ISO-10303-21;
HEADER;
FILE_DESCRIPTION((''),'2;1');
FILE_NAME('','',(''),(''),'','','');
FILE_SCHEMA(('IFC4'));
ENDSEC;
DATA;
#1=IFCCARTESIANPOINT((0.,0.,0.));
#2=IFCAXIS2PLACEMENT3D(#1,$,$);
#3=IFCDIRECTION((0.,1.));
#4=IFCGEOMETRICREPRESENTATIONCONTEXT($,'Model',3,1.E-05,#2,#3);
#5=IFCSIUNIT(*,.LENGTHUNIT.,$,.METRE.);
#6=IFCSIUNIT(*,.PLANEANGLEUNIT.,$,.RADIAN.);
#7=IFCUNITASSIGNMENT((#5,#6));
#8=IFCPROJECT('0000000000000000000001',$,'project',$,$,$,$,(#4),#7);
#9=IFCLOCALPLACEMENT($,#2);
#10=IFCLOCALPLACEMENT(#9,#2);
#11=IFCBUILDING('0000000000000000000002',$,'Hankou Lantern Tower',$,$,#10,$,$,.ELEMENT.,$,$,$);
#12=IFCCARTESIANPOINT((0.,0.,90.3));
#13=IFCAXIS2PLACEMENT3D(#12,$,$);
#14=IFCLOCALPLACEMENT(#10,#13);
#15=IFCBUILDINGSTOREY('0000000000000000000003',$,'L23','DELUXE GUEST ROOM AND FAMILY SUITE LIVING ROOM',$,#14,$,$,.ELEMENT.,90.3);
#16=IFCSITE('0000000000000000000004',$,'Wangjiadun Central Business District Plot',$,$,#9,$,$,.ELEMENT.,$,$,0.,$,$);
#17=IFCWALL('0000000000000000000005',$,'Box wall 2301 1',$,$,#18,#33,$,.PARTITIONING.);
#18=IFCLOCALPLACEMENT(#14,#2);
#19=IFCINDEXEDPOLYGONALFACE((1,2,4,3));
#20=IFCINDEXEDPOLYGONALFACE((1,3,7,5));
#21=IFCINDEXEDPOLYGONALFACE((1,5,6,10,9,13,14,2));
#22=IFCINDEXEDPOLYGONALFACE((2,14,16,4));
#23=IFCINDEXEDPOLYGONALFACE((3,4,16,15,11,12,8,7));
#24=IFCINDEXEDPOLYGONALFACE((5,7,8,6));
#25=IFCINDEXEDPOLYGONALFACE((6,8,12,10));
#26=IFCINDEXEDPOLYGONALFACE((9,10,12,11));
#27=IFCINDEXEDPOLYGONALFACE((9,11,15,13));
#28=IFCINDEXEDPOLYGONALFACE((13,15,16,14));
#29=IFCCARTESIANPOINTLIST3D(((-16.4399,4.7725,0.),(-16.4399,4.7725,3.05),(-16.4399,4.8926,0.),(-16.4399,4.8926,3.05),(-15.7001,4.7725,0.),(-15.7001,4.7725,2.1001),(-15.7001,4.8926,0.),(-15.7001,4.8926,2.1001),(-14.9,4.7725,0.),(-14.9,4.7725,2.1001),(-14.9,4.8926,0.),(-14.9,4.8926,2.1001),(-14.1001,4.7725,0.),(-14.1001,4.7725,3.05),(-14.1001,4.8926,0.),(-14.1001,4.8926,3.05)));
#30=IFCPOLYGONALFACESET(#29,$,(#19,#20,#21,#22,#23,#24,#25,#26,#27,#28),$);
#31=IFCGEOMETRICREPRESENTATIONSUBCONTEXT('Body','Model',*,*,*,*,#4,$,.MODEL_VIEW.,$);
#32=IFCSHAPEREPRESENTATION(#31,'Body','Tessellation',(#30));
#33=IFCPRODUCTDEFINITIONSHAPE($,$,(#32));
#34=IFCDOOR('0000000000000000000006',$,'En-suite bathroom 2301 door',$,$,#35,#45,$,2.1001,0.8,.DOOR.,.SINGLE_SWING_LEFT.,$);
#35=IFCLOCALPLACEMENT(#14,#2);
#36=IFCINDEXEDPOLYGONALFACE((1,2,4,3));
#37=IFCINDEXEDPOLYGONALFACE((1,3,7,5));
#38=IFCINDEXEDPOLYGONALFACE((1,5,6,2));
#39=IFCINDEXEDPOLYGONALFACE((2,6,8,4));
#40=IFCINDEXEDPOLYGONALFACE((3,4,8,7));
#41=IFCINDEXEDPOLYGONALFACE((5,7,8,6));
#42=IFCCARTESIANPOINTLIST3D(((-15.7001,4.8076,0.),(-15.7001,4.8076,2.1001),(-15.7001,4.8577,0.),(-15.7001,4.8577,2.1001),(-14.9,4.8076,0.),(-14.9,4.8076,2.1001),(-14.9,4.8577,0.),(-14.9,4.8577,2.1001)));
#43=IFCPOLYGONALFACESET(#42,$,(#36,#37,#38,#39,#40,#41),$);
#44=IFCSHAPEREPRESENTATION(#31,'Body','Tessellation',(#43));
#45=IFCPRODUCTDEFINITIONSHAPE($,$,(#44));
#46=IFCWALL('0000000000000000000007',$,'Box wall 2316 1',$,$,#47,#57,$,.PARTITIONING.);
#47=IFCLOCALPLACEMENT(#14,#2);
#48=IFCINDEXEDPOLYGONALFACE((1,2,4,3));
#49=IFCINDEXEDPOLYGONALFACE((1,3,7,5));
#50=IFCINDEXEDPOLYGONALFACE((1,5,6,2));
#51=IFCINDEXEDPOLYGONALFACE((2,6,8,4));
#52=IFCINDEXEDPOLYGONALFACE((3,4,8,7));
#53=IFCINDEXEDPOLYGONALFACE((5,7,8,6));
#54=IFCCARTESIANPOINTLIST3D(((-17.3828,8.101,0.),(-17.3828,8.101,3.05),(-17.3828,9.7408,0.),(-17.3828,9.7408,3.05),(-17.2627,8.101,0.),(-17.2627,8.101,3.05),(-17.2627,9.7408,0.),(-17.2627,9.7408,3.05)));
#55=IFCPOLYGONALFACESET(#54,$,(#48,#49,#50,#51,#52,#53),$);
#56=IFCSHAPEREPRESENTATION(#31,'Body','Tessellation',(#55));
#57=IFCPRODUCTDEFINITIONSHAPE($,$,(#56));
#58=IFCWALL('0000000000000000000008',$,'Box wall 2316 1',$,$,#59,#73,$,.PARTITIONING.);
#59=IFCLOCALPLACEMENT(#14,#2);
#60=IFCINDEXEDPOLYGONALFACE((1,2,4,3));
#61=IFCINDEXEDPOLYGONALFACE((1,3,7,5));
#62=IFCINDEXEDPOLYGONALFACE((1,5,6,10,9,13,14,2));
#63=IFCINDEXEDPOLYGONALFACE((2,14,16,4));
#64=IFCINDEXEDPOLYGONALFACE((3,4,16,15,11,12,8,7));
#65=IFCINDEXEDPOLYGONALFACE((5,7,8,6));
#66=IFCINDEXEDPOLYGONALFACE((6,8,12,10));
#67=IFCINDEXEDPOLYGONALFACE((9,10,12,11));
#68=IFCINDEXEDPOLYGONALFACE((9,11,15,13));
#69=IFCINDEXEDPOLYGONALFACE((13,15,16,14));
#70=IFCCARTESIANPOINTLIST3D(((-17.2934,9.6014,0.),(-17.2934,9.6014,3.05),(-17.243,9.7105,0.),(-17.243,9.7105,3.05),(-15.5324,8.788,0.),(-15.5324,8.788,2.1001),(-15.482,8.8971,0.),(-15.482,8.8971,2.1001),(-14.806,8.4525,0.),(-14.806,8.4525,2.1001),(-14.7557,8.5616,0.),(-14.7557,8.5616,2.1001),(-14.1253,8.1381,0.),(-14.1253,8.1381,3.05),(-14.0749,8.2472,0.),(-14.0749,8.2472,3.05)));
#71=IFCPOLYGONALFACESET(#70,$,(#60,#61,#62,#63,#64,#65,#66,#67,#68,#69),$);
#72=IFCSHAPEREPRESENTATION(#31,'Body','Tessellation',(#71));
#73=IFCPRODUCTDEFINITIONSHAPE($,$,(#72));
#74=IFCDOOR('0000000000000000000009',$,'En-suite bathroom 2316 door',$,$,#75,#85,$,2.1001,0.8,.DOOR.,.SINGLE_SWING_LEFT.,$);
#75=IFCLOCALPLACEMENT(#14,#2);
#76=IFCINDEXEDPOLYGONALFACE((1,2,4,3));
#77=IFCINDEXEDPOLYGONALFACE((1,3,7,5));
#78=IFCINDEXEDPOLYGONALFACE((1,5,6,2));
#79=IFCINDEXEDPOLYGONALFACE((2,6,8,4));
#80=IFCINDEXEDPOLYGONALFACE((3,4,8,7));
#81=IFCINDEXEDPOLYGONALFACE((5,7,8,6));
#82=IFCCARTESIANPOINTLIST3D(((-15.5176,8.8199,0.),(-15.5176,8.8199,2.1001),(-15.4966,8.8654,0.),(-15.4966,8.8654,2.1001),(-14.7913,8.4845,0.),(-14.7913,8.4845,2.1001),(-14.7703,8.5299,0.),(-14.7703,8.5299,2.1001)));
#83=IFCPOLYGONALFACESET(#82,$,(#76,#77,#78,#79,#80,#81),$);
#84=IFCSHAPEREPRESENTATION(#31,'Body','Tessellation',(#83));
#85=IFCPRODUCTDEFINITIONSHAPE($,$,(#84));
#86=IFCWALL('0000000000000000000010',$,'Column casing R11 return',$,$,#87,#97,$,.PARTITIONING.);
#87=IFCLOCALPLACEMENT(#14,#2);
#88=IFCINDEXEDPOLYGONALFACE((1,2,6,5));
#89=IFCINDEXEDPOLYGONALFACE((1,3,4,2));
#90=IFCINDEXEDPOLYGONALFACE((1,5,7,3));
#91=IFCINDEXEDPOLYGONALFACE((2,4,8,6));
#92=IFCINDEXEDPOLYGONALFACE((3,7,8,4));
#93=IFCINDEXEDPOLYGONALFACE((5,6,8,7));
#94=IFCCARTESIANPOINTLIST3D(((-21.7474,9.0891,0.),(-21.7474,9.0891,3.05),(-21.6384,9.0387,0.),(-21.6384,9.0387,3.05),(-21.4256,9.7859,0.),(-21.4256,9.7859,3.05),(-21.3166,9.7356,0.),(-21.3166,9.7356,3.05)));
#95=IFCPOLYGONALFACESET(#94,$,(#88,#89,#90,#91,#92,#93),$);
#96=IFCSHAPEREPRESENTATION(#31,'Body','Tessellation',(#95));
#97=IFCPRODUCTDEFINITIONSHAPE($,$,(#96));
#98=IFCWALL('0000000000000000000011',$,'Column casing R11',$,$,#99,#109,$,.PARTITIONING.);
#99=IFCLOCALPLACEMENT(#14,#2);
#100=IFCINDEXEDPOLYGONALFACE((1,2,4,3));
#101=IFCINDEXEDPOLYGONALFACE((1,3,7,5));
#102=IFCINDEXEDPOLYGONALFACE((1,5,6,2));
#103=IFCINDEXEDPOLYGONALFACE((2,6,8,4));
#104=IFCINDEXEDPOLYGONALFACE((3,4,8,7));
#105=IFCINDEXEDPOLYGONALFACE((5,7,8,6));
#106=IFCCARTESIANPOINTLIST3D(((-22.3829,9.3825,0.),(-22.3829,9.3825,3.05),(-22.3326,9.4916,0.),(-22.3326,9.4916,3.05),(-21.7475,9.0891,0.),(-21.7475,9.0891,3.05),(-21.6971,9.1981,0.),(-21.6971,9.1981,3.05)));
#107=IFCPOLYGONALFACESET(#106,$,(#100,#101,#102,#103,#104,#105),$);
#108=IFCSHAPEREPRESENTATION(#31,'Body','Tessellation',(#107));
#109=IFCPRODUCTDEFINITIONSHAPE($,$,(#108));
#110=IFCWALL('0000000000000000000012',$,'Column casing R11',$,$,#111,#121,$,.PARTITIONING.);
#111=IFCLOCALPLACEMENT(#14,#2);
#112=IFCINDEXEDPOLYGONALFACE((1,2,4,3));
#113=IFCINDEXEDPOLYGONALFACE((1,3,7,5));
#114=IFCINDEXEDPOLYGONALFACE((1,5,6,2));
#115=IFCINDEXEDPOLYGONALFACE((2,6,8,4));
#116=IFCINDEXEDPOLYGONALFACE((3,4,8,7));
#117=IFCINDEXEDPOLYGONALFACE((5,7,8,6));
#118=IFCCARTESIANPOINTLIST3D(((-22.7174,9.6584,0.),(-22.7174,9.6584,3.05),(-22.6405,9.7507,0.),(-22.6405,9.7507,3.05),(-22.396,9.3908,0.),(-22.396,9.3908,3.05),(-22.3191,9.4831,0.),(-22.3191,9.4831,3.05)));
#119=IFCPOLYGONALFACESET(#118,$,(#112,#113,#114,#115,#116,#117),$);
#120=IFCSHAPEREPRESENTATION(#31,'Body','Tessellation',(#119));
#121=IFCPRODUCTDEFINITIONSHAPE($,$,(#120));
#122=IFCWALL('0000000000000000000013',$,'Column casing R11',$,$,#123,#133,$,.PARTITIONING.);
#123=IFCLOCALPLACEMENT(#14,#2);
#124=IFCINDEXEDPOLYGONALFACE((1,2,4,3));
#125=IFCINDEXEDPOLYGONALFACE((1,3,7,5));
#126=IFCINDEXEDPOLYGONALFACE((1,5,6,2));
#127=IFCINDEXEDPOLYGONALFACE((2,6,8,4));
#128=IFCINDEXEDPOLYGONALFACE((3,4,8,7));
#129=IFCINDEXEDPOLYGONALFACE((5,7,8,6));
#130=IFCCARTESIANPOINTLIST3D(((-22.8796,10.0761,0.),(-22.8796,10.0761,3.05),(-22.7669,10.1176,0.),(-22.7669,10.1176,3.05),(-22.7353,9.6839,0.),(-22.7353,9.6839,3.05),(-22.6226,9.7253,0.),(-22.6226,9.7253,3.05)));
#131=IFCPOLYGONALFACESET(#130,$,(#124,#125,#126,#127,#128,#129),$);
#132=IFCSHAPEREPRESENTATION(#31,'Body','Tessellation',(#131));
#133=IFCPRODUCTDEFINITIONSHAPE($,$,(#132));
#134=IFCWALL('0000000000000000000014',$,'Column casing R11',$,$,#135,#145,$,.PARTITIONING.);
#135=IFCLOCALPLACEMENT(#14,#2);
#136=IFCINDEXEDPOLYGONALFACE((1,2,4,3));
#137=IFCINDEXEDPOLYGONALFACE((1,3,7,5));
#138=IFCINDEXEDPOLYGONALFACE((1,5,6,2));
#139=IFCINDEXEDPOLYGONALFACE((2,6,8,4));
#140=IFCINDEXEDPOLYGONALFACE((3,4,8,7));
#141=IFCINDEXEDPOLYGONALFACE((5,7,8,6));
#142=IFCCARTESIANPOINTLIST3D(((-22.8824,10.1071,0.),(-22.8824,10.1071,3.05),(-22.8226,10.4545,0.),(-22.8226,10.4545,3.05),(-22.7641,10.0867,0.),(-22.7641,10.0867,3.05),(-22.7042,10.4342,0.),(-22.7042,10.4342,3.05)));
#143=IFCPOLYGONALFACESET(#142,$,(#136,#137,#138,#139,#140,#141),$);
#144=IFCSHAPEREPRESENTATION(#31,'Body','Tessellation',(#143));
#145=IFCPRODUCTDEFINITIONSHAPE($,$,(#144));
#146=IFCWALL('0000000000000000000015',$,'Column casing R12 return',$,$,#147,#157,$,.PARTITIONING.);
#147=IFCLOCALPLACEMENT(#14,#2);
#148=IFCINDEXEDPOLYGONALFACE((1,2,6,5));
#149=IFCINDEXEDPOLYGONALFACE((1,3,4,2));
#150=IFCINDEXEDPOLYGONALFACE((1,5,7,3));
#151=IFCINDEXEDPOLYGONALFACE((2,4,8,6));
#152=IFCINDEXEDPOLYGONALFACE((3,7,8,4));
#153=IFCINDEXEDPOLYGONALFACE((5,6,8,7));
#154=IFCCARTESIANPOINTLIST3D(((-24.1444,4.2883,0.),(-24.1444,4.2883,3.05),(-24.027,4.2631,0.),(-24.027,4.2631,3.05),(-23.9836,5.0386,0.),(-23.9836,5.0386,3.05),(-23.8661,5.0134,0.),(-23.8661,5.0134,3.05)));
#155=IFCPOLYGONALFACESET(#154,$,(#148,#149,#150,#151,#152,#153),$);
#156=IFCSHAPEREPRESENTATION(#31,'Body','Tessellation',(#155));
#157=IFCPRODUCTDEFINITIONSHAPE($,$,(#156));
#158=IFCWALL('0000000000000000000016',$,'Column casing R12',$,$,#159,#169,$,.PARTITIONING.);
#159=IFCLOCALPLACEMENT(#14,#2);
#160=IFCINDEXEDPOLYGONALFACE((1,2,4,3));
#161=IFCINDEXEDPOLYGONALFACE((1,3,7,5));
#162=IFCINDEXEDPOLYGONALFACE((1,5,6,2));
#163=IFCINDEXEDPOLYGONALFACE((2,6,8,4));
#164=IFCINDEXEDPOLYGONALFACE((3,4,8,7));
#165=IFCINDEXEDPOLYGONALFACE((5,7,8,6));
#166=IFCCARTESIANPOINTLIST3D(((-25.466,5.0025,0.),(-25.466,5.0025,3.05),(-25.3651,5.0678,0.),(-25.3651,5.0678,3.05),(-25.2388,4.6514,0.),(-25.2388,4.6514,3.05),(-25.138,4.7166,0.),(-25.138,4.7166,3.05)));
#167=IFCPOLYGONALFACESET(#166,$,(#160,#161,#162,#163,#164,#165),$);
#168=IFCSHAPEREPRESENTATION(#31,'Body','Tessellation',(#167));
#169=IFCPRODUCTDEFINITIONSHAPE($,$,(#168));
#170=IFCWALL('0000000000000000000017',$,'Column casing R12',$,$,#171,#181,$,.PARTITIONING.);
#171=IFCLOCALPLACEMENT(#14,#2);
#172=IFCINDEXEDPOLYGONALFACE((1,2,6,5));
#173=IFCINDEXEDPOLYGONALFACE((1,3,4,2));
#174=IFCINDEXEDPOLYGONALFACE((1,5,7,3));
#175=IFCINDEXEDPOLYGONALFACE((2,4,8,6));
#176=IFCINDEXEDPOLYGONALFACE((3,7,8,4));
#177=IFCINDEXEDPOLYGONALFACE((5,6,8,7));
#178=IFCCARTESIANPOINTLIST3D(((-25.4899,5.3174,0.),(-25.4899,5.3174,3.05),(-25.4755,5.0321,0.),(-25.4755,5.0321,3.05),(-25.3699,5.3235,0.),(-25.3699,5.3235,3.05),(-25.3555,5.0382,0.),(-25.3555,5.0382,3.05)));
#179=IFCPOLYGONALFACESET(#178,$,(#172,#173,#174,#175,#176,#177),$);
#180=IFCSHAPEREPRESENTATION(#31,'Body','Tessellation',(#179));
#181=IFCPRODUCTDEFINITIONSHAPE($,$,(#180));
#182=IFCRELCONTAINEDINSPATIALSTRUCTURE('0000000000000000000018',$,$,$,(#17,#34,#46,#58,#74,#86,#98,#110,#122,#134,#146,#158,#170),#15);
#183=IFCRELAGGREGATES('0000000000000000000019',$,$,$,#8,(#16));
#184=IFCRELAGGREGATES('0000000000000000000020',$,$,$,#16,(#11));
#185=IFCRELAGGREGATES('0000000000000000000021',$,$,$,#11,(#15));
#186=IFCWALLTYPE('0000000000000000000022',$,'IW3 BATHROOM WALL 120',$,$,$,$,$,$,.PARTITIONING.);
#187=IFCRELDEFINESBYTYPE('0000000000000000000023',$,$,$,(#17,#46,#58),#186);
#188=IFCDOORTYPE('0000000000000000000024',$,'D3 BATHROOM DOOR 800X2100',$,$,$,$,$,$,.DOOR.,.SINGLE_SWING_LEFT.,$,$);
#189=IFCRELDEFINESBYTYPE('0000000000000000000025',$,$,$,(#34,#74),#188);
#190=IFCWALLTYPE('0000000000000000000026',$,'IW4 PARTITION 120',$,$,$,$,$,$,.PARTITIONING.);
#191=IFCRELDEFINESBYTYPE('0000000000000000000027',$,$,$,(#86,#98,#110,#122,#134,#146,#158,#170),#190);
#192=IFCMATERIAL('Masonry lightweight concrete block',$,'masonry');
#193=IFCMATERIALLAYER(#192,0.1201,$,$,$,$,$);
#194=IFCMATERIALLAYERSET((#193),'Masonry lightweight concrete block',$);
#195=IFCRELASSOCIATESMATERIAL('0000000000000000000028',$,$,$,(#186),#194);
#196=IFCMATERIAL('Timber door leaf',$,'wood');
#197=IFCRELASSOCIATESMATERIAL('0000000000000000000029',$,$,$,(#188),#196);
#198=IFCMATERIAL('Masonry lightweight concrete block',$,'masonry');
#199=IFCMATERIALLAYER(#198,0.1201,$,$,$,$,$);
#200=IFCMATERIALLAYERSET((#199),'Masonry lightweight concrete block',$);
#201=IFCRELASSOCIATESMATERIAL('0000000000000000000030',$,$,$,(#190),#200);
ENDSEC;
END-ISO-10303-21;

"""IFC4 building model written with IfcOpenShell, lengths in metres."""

from ifc_helpers import new_model, si_unit, direction, frame, frame_2d, origin, place, context, subcontext, project, spatial, rectangle, extrude, material, layer, layer_set, type_object, element, fill, save


model = new_model("IFC4")

# Units and contexts
model_context = context("Model", 3, precision=1e-05, world=origin(), true_north=direction((0.0, 1.0)))
body_context = subcontext(model_context, "Body", "Model", "MODEL_VIEW")
ifc_project = project(units=[si_unit("LENGTHUNIT", "METRE"), si_unit("PLANEANGLEUNIT", "RADIAN")], contexts=[model_context])

# Site, building, storey
site_placement = place(None, origin())
site = spatial("IfcSite", under=ifc_project, at=site_placement, Name="Wangjiadun Central Business District Plot", CompositionType="ELEMENT", RefElevation=0.0)
building_placement = place(site_placement, origin())
building = spatial("IfcBuilding", under=site, at=building_placement, Name="Hankou Lantern Tower", CompositionType="ELEMENT")
storey_placement = place(building_placement, frame((0.0, 0.0, 90.3)))
storey = spatial("IfcBuildingStorey", under=building, at=storey_placement, Name="L23", Description="DELUXE GUEST ROOM AND FAMILY SUITE LIVING ROOM", CompositionType="ELEMENT", Elevation=90.3)

# Shared definitions
ifc_material_1 = material(Name="Masonry lightweight concrete block", Category="masonry")
ifc_layer_1 = layer(ifc_material_1, 0.1201)
ifc_layer_set_1 = layer_set([ifc_layer_1], Name="Masonry lightweight concrete block")
wall_type_1 = type_object("IfcWallType", Name="IW3 BATHROOM WALL 120", PredefinedType="PARTITIONING", material=ifc_layer_set_1)

# Wall, opening, door
wall_1_placement = place(storey_placement, frame((-14.1001, 4.8325, 0.0), z_axis=(0.0, 0.0, 1.0), x_axis=(-1.0, 0.0, 0.0)))
wall_1 = element("IfcWall", 1, at=wall_1_placement, inside=storey, type_object=wall_type_1, Name="Box wall 2301 1", PredefinedType="PARTITIONING", context=body_context, shape_type="SweptSolid", body=[
    extrude(rectangle(XDim=2.3398, YDim=0.1201, at=frame_2d((1.1699, 0.0))), origin(), (0.0, 0.0, 1.0), 3.05),
])
opening_1_placement = place(wall_1_placement, frame((0.8, 0.0, 0.0)))
opening_1 = element("IfcOpeningElement", 2, at=opening_1_placement, cuts=wall_1, PredefinedType="OPENING", context=body_context, shape_type="SweptSolid", body=[
    extrude(rectangle(XDim=0.8, YDim=2.1001, at=frame_2d((0.3999, 1.05))), frame((0.0, 0.0701, 0.0), z_axis=(0.0, -1.0, 0.0), x_axis=(1.0, 0.0, 0.0)), (0.0, 0.0, 1.0), 0.1401),
])
ifc_material_2 = material(Name="Timber door leaf", Category="wood")
door_type_1 = type_object("IfcDoorType", Name="D3 BATHROOM DOOR 800X2100", OperationType="SINGLE_SWING_LEFT", PredefinedType="DOOR", material=ifc_material_2)
door_1_placement = place(opening_1_placement, origin())
door_1 = element("IfcDoor", 3, at=door_1_placement, inside=storey, type_object=door_type_1, Name="En-suite bathroom 2301 door", OperationType="SINGLE_SWING_LEFT", OverallHeight=2.1001, OverallWidth=0.8, PredefinedType="DOOR", context=body_context, shape_type="SweptSolid", body=[
    extrude(rectangle(XDim=0.8, YDim=2.1001, at=frame_2d((0.3999, 1.05))), frame((0.0, 0.0249, 0.0), z_axis=(0.0, -1.0, 0.0), x_axis=(1.0, 0.0, 0.0)), (0.0, 0.0, 1.0), 0.05),
])
fill(opening_1, door_1)

# Wall
wall_2_placement = place(storey_placement, frame((-17.3228, 8.1011, 0.0), z_axis=(0.0, 0.0, 1.0), x_axis=(0.0, 1.0, 0.0)))
element("IfcWall", 4, at=wall_2_placement, inside=storey, type_object=wall_type_1, Name="Box wall 2316 1", PredefinedType="PARTITIONING", context=body_context, shape_type="SweptSolid", body=[
    extrude(rectangle(XDim=1.6399, YDim=0.1201, at=frame_2d((0.8198, 0.0))), origin(), (0.0, 0.0, 1.0), 3.05),
])

# Wall, opening, door
wall_3_placement = place(storey_placement, frame((-14.1001, 8.1926, 0.0), z_axis=(0.0, 0.0, 1.0), x_axis=(-0.907836, 0.419324, 0.0)))
wall_3 = element("IfcWall", 5, at=wall_3_placement, inside=storey, type_object=wall_type_1, Name="Box wall 2316 1", PredefinedType="PARTITIONING", context=body_context, shape_type="SweptSolid", body=[
    extrude(rectangle(XDim=3.4897, YDim=0.1201, at=frame_2d((1.7449, 0.0))), origin(), (0.0, 0.0, 1.0), 3.05),
])
opening_2_placement = place(wall_3_placement, frame((0.75, 0.0, 0.0)))
opening_2 = element("IfcOpeningElement", 6, at=opening_2_placement, cuts=wall_3, PredefinedType="OPENING", context=body_context, shape_type="SweptSolid", body=[
    extrude(rectangle(XDim=0.8, YDim=2.1001, at=frame_2d((0.3999, 1.05))), frame((0.0, 0.0701, 0.0), z_axis=(0.0, -1.0, 0.0), x_axis=(1.0, 0.0, 0.0)), (0.0, 0.0, 1.0), 0.1401),
])
door_2_placement = place(opening_2_placement, origin())
door_2 = element("IfcDoor", 7, at=door_2_placement, inside=storey, type_object=door_type_1, Name="En-suite bathroom 2316 door", OperationType="SINGLE_SWING_LEFT", OverallHeight=2.1001, OverallWidth=0.8, PredefinedType="DOOR", context=body_context, shape_type="SweptSolid", body=[
    extrude(rectangle(XDim=0.8, YDim=2.1001, at=frame_2d((0.3999, 1.05))), frame((0.0, 0.0249, 0.0), z_axis=(0.0, -1.0, 0.0), x_axis=(1.0, 0.0, 0.0)), (0.0, 0.0, 1.0), 0.05),
])
fill(opening_2, door_2)

# Walls
ifc_material_3 = material(Name="Masonry lightweight concrete block", Category="masonry")
ifc_layer_2 = layer(ifc_material_3, 0.1201)
ifc_layer_set_2 = layer_set([ifc_layer_2], Name="Masonry lightweight concrete block")
wall_type_2 = type_object("IfcWallType", Name="IW4 PARTITION 120", PredefinedType="PARTITIONING", material=ifc_layer_set_2)
wall_4_placement = place(storey_placement, frame((-21.3711, 9.7607, 0.0), z_axis=(0.0, 0.0, 1.0), x_axis=(-0.41926, -0.907866, 0.0)))
element("IfcWall", 8, at=wall_4_placement, inside=storey, type_object=wall_type_2, Name="Column casing R11 return", PredefinedType="PARTITIONING", context=body_context, shape_type="SweptSolid", body=[
    extrude(rectangle(XDim=0.7676, YDim=0.1201, at=frame_2d((0.3838, 0.0))), origin(), (0.0, 0.0, 1.0), 3.05),
])
wall_5_placement = place(storey_placement, frame((-21.7222, 9.1436, 0.0), z_axis=(0.0, 0.0, 1.0), x_axis=(-0.907878, 0.419235, 0.0)))
element("IfcWall", 9, at=wall_5_placement, inside=storey, type_object=wall_type_2, Name="Column casing R11", PredefinedType="PARTITIONING", context=body_context, shape_type="SweptSolid", body=[
    extrude(rectangle(XDim=0.7, YDim=0.1201, at=frame_2d((0.3501, 0.0))), origin(), (0.0, 0.0, 1.0), 3.05),
])
wall_6_placement = place(storey_placement, frame((-22.3577, 9.437, 0.0), z_axis=(0.0, 0.0, 1.0), x_axis=(-0.768413, 0.639955, 0.0)))
element("IfcWall", 10, at=wall_6_placement, inside=storey, type_object=wall_type_2, Name="Column casing R11", PredefinedType="PARTITIONING", context=body_context, shape_type="SweptSolid", body=[
    extrude(rectangle(XDim=0.4182, YDim=0.1201, at=frame_2d((0.209, 0.0))), origin(), (0.0, 0.0, 1.0), 3.05),
])
wall_7_placement = place(storey_placement, frame((-22.679, 9.7046, 0.0), z_axis=(0.0, 0.0, 1.0), x_axis=(-0.345164, 0.938542, 0.0)))
element("IfcWall", 11, at=wall_7_placement, inside=storey, type_object=wall_type_2, Name="Column casing R11", PredefinedType="PARTITIONING", context=body_context, shape_type="SweptSolid", body=[
    extrude(rectangle(XDim=0.418, YDim=0.1201, at=frame_2d((0.209, 0.0))), origin(), (0.0, 0.0, 1.0), 3.05),
])
wall_8_placement = place(storey_placement, frame((-22.8232, 10.0969, 0.0), z_axis=(0.0, 0.0, 1.0), x_axis=(0.169675, 0.9855, 0.0)))
element("IfcWall", 12, at=wall_8_placement, inside=storey, type_object=wall_type_2, Name="Column casing R11", PredefinedType="PARTITIONING", context=body_context, shape_type="SweptSolid", body=[
    extrude(rectangle(XDim=0.3525, YDim=0.1201, at=frame_2d((0.1763, 0.0))), origin(), (0.0, 0.0, 1.0), 3.05),
])
wall_9_placement = place(storey_placement, frame((-23.9248, 5.0261, 0.0), z_axis=(0.0, 0.0, 1.0), x_axis=(-0.209681, -0.97777, 0.0)))
element("IfcWall", 13, at=wall_9_placement, inside=storey, type_object=wall_type_2, Name="Column casing R12 return", PredefinedType="PARTITIONING", context=body_context, shape_type="SweptSolid", body=[
    extrude(rectangle(XDim=0.7673, YDim=0.1201, at=frame_2d((0.3838, 0.0))), origin(), (0.0, 0.0, 1.0), 3.05),
])
wall_10_placement = place(storey_placement, frame((-25.1885, 4.6841, 0.0), z_axis=(0.0, 0.0, 1.0), x_axis=(-0.543058, 0.839695, 0.0)))
element("IfcWall", 14, at=wall_10_placement, inside=storey, type_object=wall_type_2, Name="Column casing R12", PredefinedType="PARTITIONING", context=body_context, shape_type="SweptSolid", body=[
    extrude(rectangle(XDim=0.4182, YDim=0.1201, at=frame_2d((0.209, 0.0))), origin(), (0.0, 0.0, 1.0), 3.05),
])
wall_11_placement = place(storey_placement, frame((-25.4155, 5.0352, 0.0), z_axis=(0.0, 0.0, 1.0), x_axis=(-0.050406, 0.998729, 0.0)))
element("IfcWall", 15, at=wall_11_placement, inside=storey, type_object=wall_type_2, Name="Column casing R12", PredefinedType="PARTITIONING", context=body_context, shape_type="SweptSolid", body=[
    extrude(rectangle(XDim=0.2856, YDim=0.1201, at=frame_2d((0.1428, 0.0))), origin(), (0.0, 0.0, 1.0), 3.05),
])

save(model, "model.ifc")
